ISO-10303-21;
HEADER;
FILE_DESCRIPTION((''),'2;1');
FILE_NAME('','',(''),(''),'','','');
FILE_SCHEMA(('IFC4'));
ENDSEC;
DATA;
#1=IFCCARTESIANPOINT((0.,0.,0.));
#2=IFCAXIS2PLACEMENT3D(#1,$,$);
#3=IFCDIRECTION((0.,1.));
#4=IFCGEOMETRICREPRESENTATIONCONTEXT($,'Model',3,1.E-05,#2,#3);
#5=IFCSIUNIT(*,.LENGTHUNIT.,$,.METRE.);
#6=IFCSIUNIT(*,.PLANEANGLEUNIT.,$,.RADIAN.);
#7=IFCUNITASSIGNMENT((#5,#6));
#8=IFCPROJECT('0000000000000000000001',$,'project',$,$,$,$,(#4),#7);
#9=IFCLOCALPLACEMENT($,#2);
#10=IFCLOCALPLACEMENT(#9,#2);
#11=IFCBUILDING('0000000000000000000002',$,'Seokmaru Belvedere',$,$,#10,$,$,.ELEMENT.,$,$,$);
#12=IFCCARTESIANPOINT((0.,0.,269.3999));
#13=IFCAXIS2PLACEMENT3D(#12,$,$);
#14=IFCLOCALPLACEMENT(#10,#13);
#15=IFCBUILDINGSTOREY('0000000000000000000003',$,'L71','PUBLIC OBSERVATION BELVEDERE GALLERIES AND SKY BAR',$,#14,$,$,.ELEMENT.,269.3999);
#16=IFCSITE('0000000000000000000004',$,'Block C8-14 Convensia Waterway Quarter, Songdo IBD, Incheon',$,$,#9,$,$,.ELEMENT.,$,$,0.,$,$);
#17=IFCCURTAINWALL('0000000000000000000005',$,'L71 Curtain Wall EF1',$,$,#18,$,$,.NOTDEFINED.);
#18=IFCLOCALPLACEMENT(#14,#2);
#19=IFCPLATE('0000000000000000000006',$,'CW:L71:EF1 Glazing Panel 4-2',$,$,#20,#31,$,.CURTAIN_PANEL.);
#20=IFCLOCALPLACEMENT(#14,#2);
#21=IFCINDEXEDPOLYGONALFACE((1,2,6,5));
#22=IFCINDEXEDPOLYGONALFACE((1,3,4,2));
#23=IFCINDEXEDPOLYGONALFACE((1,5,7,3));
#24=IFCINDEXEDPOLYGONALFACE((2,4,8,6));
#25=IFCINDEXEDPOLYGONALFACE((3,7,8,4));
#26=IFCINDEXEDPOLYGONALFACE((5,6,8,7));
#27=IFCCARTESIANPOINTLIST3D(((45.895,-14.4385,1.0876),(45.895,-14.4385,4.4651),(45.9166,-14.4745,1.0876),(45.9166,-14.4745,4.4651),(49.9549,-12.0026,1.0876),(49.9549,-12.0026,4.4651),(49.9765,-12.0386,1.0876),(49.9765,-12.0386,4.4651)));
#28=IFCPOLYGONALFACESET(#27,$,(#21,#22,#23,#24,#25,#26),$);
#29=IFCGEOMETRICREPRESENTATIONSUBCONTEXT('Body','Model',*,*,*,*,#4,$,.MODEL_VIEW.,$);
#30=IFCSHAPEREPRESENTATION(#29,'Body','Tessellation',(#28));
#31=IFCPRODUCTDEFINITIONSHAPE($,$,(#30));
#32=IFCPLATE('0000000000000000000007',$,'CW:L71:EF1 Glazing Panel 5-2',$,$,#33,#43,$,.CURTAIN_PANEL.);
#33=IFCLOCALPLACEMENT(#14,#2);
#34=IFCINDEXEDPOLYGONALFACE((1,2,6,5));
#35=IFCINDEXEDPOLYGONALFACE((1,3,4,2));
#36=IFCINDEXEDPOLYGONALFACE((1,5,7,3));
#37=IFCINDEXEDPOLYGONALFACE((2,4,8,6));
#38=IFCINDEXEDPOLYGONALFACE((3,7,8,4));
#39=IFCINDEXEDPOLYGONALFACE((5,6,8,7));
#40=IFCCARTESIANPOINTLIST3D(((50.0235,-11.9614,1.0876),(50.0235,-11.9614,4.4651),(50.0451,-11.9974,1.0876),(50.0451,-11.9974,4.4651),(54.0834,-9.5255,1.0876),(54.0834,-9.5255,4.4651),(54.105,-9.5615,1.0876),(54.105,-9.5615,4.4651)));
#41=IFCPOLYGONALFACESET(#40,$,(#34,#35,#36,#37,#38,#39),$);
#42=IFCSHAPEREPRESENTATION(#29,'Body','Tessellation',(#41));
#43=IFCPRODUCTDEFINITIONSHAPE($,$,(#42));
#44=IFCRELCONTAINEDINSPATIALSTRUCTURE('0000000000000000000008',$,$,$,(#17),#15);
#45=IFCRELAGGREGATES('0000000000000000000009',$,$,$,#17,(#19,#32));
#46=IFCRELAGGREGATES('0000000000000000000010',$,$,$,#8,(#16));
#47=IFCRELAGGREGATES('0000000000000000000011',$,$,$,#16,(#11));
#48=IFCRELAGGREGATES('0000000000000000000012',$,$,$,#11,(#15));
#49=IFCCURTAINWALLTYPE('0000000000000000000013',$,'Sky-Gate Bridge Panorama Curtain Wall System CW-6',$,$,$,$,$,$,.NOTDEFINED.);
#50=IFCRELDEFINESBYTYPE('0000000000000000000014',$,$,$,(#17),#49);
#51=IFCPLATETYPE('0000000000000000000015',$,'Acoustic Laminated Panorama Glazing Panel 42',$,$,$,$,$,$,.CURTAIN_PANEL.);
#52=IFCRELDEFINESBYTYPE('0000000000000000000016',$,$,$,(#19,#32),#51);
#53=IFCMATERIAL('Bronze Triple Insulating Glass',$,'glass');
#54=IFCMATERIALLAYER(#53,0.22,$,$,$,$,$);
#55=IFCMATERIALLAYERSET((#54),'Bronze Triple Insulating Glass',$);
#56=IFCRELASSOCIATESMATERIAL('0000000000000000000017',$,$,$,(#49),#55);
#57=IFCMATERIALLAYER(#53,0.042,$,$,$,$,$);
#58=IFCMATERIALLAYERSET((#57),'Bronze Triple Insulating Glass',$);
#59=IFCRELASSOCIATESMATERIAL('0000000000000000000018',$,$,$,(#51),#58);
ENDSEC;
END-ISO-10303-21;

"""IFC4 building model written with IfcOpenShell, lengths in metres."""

from ifc_helpers import new_model, si_unit, direction, frame, origin, origin_2d, place, context, subcontext, project, spatial, rectangle, extrude, source, transform, mapped, material, layer, layer_set, type_object, type_shapes, element, aggregate, save


model = new_model("IFC4")

# Units and contexts
model_context = context("Model", 3, precision=1e-05, world=origin(), true_north=direction((0.0, 1.0)))
body_context = subcontext(model_context, "Body", "Model", "MODEL_VIEW")
ifc_project = project(units=[si_unit("LENGTHUNIT", "METRE"), si_unit("PLANEANGLEUNIT", "RADIAN")], contexts=[model_context])

# Site, building, storey
site_placement = place(None, origin())
site = spatial("IfcSite", under=ifc_project, at=site_placement, Name="Block C8-14 Convensia Waterway Quarter, Songdo IBD, Incheon", CompositionType="ELEMENT", RefElevation=0.0)
building_placement = place(site_placement, origin())
building = spatial("IfcBuilding", under=site, at=building_placement, Name="Seokmaru Belvedere", CompositionType="ELEMENT")
storey_placement = place(building_placement, frame((0.0, 0.0, 269.3999)))
storey = spatial("IfcBuildingStorey", under=building, at=storey_placement, Name="L71", Description="PUBLIC OBSERVATION BELVEDERE GALLERIES AND SKY BAR", CompositionType="ELEMENT", Elevation=269.3999)

# Curtain wall, plates
ifc_material_1 = material(Name="Bronze Triple Insulating Glass", Category="glass")
ifc_layer_1 = layer(ifc_material_1, 0.22)
ifc_layer_set_1 = layer_set([ifc_layer_1], Name="Bronze Triple Insulating Glass")
curtain_wall_type = type_object("IfcCurtainWallType", Name="Sky-Gate Bridge Panorama Curtain Wall System CW-6", PredefinedType="NOTDEFINED", material=ifc_layer_set_1)
curtain_wall_placement = place(storey_placement, origin())
curtain_wall = element("IfcCurtainWall", 1, at=curtain_wall_placement, inside=storey, type_object=curtain_wall_type, Name="L71 Curtain Wall EF1", PredefinedType="NOTDEFINED")
ifc_layer_2 = layer(ifc_material_1, 0.042)
ifc_layer_set_2 = layer_set([ifc_layer_2], Name="Bronze Triple Insulating Glass")
plate_type_1 = type_object("IfcPlateType", Name="Acoustic Laminated Panorama Glazing Panel 42", PredefinedType="CURTAIN_PANEL", material=ifc_layer_set_2)
shared_shape_1 = source(origin(), body_context, "Body", "SweptSolid", [
    extrude(rectangle(XDim=4.7346, YDim=0.042, at=origin_2d()), origin(), (0.0, 0.0, 1.0), 3.3774),
])
type_shapes(plate_type_1, [shared_shape_1])
plate_1_placement = place(storey_placement, frame((47.9358, -13.2385, 1.0876), z_axis=(0.0, 0.0, 1.0), x_axis=(0.857493, 0.514495, 0.0)))
plate_1 = element("IfcPlate", 2, at=plate_1_placement, type_object=plate_type_1, Name="CW:L71:EF1 Glazing Panel 4-2", PredefinedType="CURTAIN_PANEL", context=body_context, shape_type="MappedRepresentation", body=[
    mapped(shared_shape_1, transform((0.0, 0.0, 0.0), scale=1.0)),
])
plate_2_placement = place(storey_placement, frame((52.0642, -10.7615, 1.0876), z_axis=(0.0, 0.0, 1.0), x_axis=(0.857493, 0.514495, 0.0)))
plate_2 = element("IfcPlate", 3, at=plate_2_placement, type_object=plate_type_1, Name="CW:L71:EF1 Glazing Panel 5-2", PredefinedType="CURTAIN_PANEL", context=body_context, shape_type="MappedRepresentation", body=[
    mapped(shared_shape_1, transform((0.0, 0.0, 0.0), scale=1.0)),
])
aggregate(curtain_wall, [plate_1, plate_2])

save(model, "model.ifc")
